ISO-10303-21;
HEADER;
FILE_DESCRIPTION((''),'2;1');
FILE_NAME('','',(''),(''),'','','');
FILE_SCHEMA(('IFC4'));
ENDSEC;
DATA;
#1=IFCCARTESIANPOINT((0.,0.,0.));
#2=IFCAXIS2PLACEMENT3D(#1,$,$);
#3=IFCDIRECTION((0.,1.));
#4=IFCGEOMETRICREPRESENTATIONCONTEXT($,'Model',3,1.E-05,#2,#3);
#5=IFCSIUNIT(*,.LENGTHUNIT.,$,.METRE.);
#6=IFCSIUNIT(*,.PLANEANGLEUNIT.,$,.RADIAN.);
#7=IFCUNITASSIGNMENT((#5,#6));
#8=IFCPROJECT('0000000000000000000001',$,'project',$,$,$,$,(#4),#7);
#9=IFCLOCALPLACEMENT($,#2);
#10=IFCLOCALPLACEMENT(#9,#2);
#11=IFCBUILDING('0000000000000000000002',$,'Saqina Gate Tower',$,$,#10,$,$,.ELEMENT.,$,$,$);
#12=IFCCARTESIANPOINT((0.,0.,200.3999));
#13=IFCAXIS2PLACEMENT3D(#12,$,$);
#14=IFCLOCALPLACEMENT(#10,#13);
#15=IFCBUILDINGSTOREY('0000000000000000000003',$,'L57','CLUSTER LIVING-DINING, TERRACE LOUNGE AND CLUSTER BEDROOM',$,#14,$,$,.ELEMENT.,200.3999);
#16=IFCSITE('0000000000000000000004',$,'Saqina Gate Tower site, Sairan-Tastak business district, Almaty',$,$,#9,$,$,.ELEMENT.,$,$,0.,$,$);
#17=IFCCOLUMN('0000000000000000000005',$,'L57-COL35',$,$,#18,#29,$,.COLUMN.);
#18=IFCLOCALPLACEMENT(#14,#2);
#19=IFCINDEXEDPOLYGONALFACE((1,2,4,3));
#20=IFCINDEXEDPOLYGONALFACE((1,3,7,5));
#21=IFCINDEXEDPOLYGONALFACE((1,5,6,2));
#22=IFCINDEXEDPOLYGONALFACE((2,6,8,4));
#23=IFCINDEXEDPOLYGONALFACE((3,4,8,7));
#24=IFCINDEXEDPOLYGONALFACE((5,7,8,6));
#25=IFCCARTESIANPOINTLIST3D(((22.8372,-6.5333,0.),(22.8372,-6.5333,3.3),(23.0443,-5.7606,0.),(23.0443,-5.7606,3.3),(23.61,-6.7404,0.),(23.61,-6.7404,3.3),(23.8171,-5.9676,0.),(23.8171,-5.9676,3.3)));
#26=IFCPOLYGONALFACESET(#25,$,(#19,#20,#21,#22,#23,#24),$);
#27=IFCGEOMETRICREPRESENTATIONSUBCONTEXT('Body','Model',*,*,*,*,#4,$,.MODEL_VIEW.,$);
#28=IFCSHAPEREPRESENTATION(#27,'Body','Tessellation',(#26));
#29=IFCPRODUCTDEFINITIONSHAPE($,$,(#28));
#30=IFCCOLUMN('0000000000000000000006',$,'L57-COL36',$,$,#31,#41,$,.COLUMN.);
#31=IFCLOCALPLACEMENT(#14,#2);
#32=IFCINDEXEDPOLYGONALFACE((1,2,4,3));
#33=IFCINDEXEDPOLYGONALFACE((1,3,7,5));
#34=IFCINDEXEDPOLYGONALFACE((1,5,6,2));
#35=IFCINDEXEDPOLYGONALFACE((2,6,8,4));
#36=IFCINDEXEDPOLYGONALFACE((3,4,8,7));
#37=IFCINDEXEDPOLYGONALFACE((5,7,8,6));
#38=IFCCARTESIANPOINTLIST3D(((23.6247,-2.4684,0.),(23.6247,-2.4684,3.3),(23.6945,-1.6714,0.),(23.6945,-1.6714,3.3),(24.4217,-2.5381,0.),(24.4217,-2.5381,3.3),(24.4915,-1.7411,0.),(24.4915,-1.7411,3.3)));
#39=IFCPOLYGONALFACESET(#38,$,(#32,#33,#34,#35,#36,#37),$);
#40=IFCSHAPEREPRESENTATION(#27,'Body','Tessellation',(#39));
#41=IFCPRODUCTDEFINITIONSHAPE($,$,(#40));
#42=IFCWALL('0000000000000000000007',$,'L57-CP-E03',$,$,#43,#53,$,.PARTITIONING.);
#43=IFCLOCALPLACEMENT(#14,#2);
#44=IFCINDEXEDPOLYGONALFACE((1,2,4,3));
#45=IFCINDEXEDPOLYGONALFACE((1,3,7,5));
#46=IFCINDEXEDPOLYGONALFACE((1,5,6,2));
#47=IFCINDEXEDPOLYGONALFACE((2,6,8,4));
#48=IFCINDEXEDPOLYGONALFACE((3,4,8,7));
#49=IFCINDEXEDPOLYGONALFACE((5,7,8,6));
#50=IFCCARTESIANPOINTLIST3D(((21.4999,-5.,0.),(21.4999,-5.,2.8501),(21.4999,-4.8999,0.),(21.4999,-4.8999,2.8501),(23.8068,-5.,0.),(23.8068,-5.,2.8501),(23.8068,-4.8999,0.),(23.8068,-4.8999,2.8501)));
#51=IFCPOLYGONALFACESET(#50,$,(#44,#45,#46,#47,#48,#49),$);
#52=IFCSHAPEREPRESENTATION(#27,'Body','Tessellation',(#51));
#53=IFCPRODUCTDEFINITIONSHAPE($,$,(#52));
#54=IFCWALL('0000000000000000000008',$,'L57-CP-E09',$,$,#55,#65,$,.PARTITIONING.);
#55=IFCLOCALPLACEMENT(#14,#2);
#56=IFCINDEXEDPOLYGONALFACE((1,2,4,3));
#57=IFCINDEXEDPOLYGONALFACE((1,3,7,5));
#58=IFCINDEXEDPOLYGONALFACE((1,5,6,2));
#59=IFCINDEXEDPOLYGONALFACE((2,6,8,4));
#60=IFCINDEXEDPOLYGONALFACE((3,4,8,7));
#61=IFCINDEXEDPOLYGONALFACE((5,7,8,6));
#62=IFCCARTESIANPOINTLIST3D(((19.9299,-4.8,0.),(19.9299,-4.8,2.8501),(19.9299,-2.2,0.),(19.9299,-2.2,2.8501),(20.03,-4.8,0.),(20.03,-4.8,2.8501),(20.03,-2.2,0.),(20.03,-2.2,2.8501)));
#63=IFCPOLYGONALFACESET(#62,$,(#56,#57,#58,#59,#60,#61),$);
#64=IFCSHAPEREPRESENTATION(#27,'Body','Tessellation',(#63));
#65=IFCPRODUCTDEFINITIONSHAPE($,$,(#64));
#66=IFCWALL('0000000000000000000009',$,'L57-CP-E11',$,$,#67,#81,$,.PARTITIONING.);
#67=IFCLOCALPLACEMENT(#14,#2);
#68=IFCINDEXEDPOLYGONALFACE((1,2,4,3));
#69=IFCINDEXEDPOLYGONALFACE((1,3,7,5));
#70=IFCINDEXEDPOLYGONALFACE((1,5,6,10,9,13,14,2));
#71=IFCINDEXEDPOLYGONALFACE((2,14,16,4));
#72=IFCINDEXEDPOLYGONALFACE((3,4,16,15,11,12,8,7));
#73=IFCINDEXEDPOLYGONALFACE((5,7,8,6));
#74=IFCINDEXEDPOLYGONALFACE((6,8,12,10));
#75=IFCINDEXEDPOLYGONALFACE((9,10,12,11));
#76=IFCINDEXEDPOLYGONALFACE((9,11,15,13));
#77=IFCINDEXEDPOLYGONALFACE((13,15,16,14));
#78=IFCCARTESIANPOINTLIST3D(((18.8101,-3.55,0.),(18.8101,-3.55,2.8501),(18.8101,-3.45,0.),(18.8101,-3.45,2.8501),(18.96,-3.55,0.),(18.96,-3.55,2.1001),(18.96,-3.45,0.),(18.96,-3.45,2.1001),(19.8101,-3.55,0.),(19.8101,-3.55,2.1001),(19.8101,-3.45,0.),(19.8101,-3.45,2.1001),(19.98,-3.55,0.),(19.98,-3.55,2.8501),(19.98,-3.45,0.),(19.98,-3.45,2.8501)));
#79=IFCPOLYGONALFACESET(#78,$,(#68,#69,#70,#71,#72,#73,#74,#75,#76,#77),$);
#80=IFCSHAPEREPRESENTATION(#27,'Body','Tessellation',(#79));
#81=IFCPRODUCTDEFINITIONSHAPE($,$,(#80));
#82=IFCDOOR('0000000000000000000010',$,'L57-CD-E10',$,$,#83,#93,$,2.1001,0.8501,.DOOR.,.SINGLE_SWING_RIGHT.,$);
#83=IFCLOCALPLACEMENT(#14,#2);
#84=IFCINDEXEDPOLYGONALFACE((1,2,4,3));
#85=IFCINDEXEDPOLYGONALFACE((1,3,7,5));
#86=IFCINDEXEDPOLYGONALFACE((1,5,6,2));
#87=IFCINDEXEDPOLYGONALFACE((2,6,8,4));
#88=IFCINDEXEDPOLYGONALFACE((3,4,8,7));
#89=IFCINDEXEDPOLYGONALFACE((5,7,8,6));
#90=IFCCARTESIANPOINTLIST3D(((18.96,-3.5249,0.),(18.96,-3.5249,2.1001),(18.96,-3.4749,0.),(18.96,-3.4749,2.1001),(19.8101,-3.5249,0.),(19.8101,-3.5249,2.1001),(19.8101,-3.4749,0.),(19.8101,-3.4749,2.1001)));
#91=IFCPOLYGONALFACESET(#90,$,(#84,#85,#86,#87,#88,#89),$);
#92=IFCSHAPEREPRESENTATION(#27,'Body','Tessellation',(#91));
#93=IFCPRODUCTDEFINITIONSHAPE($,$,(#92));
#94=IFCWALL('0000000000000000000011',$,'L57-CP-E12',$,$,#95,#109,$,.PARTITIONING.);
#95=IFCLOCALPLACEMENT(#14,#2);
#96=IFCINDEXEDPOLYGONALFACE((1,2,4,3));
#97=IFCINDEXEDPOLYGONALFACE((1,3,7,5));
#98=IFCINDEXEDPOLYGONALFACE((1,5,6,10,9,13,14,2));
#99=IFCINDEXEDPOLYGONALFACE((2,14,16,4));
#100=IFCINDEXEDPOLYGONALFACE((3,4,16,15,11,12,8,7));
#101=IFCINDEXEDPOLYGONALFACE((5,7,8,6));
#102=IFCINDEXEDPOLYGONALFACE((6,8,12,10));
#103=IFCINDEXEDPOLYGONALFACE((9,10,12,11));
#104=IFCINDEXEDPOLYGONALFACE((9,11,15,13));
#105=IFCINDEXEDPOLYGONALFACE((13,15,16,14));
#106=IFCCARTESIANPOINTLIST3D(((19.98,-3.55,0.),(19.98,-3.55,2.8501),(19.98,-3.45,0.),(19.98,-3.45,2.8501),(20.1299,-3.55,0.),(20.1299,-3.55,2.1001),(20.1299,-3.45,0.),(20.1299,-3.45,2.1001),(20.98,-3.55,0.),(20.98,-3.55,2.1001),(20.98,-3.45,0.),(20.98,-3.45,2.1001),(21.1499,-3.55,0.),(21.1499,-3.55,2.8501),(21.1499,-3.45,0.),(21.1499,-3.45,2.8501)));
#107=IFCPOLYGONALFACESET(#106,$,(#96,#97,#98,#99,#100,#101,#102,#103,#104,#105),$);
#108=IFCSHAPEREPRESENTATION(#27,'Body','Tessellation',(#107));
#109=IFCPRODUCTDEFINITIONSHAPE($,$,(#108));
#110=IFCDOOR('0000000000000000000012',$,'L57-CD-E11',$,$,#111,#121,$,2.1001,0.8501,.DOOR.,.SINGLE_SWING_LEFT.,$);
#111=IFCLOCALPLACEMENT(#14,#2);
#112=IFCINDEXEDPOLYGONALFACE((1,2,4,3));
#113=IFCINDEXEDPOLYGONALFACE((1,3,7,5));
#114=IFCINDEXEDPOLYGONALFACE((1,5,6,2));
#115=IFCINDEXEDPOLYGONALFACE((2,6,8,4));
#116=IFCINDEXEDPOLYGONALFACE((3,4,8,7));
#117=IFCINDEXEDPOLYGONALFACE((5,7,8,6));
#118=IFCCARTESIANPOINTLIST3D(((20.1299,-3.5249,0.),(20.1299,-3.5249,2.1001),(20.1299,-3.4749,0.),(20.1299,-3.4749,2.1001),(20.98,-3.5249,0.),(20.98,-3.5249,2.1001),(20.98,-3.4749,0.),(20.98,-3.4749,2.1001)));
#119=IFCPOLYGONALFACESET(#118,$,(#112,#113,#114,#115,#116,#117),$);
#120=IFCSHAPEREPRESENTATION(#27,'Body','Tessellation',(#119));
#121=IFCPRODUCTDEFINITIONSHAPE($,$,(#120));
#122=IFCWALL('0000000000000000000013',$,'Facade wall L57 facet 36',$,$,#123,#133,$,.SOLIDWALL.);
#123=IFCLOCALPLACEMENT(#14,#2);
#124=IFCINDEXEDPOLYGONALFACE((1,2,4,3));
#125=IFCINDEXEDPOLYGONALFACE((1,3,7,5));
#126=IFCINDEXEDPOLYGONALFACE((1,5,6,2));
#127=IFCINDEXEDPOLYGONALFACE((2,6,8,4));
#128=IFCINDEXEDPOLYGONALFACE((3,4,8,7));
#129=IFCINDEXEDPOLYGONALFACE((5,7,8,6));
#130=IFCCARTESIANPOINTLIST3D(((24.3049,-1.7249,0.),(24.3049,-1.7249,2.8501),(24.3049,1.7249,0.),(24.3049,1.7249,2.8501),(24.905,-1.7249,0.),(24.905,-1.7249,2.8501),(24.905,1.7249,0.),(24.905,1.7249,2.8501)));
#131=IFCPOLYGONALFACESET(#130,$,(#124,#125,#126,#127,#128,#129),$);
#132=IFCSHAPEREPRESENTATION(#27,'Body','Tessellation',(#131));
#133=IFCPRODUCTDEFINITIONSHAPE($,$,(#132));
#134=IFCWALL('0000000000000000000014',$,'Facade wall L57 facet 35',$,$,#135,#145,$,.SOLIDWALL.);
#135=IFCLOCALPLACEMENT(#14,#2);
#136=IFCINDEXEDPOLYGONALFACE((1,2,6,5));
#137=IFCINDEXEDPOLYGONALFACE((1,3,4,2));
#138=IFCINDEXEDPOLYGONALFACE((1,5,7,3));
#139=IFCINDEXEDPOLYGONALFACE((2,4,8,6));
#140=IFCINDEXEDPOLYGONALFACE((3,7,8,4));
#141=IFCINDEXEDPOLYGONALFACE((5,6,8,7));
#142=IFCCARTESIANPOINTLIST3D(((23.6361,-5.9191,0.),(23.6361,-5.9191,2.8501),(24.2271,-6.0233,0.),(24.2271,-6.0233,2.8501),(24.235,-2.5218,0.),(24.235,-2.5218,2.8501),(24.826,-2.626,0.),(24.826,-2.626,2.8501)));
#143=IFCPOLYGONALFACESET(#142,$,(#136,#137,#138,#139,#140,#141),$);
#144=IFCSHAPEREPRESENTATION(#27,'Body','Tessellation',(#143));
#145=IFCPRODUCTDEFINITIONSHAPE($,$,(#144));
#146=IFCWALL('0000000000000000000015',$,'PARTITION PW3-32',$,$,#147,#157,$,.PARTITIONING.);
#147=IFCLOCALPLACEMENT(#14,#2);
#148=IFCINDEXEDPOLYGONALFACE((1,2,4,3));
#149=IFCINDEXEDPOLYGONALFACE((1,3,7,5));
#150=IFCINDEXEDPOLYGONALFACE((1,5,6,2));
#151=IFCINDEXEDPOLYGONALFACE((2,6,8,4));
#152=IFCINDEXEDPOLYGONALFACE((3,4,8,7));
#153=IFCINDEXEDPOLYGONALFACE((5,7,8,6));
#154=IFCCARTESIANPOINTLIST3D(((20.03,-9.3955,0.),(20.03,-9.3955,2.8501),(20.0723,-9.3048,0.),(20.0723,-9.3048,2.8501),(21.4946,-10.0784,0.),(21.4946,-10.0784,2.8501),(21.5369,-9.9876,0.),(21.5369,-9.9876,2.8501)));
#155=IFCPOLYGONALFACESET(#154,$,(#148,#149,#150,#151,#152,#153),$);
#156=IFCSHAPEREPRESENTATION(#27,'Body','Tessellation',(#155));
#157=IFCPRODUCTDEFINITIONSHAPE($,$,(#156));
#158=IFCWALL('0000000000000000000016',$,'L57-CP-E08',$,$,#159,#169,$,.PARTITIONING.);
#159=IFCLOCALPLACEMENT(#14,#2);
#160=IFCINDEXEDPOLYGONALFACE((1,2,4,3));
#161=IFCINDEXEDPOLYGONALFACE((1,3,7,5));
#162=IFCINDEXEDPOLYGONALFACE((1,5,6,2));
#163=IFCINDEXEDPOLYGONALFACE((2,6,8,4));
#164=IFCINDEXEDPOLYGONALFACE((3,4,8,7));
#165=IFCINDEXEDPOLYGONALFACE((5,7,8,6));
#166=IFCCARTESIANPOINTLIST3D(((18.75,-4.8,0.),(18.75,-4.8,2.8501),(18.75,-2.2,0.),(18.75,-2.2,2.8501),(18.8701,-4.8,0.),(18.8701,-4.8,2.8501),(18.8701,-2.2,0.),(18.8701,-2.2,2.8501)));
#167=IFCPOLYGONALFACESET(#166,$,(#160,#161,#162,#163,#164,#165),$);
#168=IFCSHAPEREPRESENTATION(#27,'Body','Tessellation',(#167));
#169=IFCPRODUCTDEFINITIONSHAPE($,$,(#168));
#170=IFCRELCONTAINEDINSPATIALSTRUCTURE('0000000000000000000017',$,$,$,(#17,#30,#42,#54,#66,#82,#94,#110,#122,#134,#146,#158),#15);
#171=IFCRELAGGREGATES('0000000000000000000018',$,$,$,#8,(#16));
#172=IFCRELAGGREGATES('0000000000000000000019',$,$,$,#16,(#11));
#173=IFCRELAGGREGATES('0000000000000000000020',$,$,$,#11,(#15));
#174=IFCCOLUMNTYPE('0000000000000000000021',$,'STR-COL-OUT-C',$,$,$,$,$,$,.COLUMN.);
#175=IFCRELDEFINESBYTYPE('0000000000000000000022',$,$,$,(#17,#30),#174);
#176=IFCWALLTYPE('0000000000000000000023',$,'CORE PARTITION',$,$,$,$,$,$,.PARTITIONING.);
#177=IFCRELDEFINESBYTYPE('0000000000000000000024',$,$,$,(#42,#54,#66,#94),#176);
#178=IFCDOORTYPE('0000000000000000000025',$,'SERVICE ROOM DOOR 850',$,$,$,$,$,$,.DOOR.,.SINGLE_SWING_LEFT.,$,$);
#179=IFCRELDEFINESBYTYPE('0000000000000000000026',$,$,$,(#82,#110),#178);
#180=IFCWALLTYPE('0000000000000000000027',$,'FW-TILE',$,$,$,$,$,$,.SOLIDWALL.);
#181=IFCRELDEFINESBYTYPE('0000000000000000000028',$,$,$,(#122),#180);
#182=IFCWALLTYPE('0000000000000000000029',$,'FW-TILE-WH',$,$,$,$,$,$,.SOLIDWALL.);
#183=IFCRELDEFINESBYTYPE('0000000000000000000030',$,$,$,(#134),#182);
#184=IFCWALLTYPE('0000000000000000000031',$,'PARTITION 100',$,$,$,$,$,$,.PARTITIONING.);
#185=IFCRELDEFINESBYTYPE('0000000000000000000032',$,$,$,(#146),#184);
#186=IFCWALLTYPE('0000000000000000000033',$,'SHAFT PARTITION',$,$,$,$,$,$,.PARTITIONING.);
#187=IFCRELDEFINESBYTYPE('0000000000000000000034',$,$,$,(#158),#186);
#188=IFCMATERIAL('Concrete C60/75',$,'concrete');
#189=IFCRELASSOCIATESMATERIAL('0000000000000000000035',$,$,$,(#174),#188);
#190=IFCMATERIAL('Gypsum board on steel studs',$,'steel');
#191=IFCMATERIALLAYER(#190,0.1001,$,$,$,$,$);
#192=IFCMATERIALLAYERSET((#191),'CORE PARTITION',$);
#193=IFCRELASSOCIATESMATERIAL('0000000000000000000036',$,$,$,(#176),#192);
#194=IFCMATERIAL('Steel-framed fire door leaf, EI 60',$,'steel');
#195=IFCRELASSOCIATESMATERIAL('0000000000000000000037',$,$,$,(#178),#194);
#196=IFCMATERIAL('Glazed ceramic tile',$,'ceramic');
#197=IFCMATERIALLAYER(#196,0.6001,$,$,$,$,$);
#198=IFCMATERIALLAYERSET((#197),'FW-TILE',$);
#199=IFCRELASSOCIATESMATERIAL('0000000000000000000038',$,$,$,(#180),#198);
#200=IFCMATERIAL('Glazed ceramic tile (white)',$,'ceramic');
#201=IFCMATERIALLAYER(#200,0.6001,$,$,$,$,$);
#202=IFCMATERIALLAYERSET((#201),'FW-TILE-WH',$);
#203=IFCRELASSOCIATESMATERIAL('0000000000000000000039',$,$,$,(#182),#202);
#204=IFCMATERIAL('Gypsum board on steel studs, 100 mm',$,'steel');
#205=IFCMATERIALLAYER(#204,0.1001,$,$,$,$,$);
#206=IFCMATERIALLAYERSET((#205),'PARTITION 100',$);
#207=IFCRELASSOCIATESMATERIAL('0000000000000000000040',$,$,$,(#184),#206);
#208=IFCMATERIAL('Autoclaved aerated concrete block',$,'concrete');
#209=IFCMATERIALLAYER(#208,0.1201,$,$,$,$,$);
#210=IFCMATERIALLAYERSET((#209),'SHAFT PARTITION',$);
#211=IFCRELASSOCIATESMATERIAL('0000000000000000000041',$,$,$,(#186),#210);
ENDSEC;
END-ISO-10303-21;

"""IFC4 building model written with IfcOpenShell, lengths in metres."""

from ifc_helpers import new_model, si_unit, direction, frame, frame_2d, origin, origin_2d, place, context, subcontext, project, spatial, rectangle, extrude, material, layer, layer_set, material_profile, profile_set, type_object, element, fill, save


model = new_model("IFC4")

# Units and contexts
model_context = context("Model", 3, precision=1e-05, world=origin(), true_north=direction((0.0, 1.0)))
body_context = subcontext(model_context, "Body", "Model", "MODEL_VIEW")
ifc_project = project(units=[si_unit("LENGTHUNIT", "METRE"), si_unit("PLANEANGLEUNIT", "RADIAN")], contexts=[model_context])

# Site, building, storey
site_placement = place(None, origin())
site = spatial("IfcSite", under=ifc_project, at=site_placement, Name="Saqina Gate Tower site, Sairan-Tastak business district, Almaty", CompositionType="ELEMENT", RefElevation=0.0)
building_placement = place(site_placement, origin())
building = spatial("IfcBuilding", under=site, at=building_placement, Name="Saqina Gate Tower", CompositionType="ELEMENT")
storey_placement = place(building_placement, frame((0.0, 0.0, 200.3999)))
storey = spatial("IfcBuildingStorey", under=building, at=storey_placement, Name="L57", Description="CLUSTER LIVING-DINING, TERRACE LOUNGE AND CLUSTER BEDROOM", CompositionType="ELEMENT", Elevation=200.3999)

# Columns
ifc_material_1 = material(Name="Concrete C60/75", Category="concrete")
ifc_material_profile = material_profile(ifc_material_1, rectangle(XDim=0.8, YDim=0.8, at=origin_2d()), Name="RC 800x800")
ifc_profile_set = profile_set([ifc_material_profile], Name="Concrete C60/75")
column_type = type_object("IfcColumnType", Name="STR-COL-OUT-C", PredefinedType="COLUMN", material=ifc_profile_set)
for number, where, z_axis, x_axis, name in (
    (1, (23.3271, -6.2505, 0.0), (0.0, 0.0, 1.0), (0.965926, -0.258819, 0.0), "L57-COL35"),
    (2, (24.0581, -2.1047, 0.0), (0.0, 0.0, 1.0), (0.996195, -0.087156, 0.0), "L57-COL36"),
):
    element("IfcColumn", number, at=place(storey_placement, frame(where, z_axis=z_axis, x_axis=x_axis)), inside=storey, type_object=column_type, Name=name, PredefinedType="COLUMN", context=body_context, shape_type="SweptSolid", body=[
        extrude(rectangle(XDim=0.8, YDim=0.8, at=origin_2d()), origin(), (0.0, 0.0, 1.0), 3.3),
    ])

# Walls
ifc_material_2 = material(Name="Gypsum board on steel studs", Category="steel")
ifc_layer_1 = layer(ifc_material_2, 0.1001)
ifc_layer_set_1 = layer_set([ifc_layer_1], Name="CORE PARTITION")
wall_type_1 = type_object("IfcWallType", Name="CORE PARTITION", PredefinedType="PARTITIONING", material=ifc_layer_set_1)
wall_1_placement = place(storey_placement, frame((21.5, -4.95, 0.0), z_axis=(0.0, 0.0, 1.0), x_axis=(1.0, 0.0, 0.0)))
element("IfcWall", 3, at=wall_1_placement, inside=storey, type_object=wall_type_1, Name="L57-CP-E03", PredefinedType="PARTITIONING", context=body_context, shape_type="SweptSolid", body=[
    extrude(rectangle(XDim=2.3069, YDim=0.1001, at=frame_2d((1.1533, 0.0))), origin(), (0.0, 0.0, 1.0), 2.8501),
])
wall_2_placement = place(storey_placement, frame((19.98, -4.8, 0.0), z_axis=(0.0, 0.0, 1.0), x_axis=(0.0, 1.0, 0.0)))
element("IfcWall", 4, at=wall_2_placement, inside=storey, type_object=wall_type_1, Name="L57-CP-E09", PredefinedType="PARTITIONING", context=body_context, shape_type="SweptSolid", body=[
    extrude(rectangle(XDim=2.6001, YDim=0.1001, at=frame_2d((1.3, 0.0))), origin(), (0.0, 0.0, 1.0), 2.8501),
])

# Walls, openings, doors
wall_3_placement = place(storey_placement, frame((18.8101, -3.5, 0.0), z_axis=(0.0, 0.0, 1.0), x_axis=(1.0, 0.0, 0.0)))
wall_3 = element("IfcWall", 5, at=wall_3_placement, inside=storey, type_object=wall_type_1, Name="L57-CP-E11", PredefinedType="PARTITIONING", context=body_context, shape_type="SweptSolid", body=[
    extrude(rectangle(XDim=1.1699, YDim=0.1001, at=frame_2d((0.585, 0.0))), origin(), (0.0, 0.0, 1.0), 2.8501),
])
opening_1_placement = place(wall_3_placement, frame((0.1499, 0.0, 0.0)))
opening_1 = element("IfcOpeningElement", 6, at=opening_1_placement, cuts=wall_3, PredefinedType="OPENING", context=body_context, shape_type="SweptSolid", body=[
    extrude(rectangle(XDim=0.8501, YDim=2.1001, at=frame_2d((0.425, 1.05))), frame((0.0, 0.062, 0.0), z_axis=(0.0, -1.0, 0.0), x_axis=(1.0, 0.0, 0.0)), (0.0, 0.0, 1.0), 0.124),
])
ifc_material_3 = material(Name="Steel-framed fire door leaf, EI 60", Category="steel")
door_type_1 = type_object("IfcDoorType", Name="SERVICE ROOM DOOR 850", OperationType="SINGLE_SWING_LEFT", PredefinedType="DOOR", material=ifc_material_3)
door_1_placement = place(opening_1_placement, frame((0.8501, 0.0, 0.0), z_axis=(0.0, 0.0, 1.0), x_axis=(-1.0, 0.0, 0.0)))
door_1 = element("IfcDoor", 7, at=door_1_placement, inside=storey, type_object=door_type_1, Name="L57-CD-E10", OperationType="SINGLE_SWING_RIGHT", OverallHeight=2.1001, OverallWidth=0.8501, PredefinedType="DOOR", context=body_context, shape_type="SweptSolid", body=[
    extrude(rectangle(XDim=0.8501, YDim=2.1001, at=frame_2d((0.425, 1.05))), frame((0.0, 0.0249, 0.0), z_axis=(0.0, -1.0, 0.0), x_axis=(1.0, 0.0, 0.0)), (0.0, 0.0, 1.0), 0.05),
])
fill(opening_1, door_1)
wall_4_placement = place(storey_placement, frame((19.98, -3.5, 0.0), z_axis=(0.0, 0.0, 1.0), x_axis=(1.0, 0.0, 0.0)))
wall_4 = element("IfcWall", 8, at=wall_4_placement, inside=storey, type_object=wall_type_1, Name="L57-CP-E12", PredefinedType="PARTITIONING", context=body_context, shape_type="SweptSolid", body=[
    extrude(rectangle(XDim=1.1699, YDim=0.1001, at=frame_2d((0.585, 0.0))), origin(), (0.0, 0.0, 1.0), 2.8501),
])
opening_2_placement = place(wall_4_placement, frame((0.1499, 0.0, 0.0)))
opening_2 = element("IfcOpeningElement", 9, at=opening_2_placement, cuts=wall_4, PredefinedType="OPENING", context=body_context, shape_type="SweptSolid", body=[
    extrude(rectangle(XDim=0.8501, YDim=2.1001, at=frame_2d((0.425, 1.05))), frame((0.0, 0.062, 0.0), z_axis=(0.0, -1.0, 0.0), x_axis=(1.0, 0.0, 0.0)), (0.0, 0.0, 1.0), 0.124),
])
door_2_placement = place(opening_2_placement, frame((0.8501, 0.0, 0.0), z_axis=(0.0, 0.0, 1.0), x_axis=(-1.0, 0.0, 0.0)))
door_2 = element("IfcDoor", 10, at=door_2_placement, inside=storey, type_object=door_type_1, Name="L57-CD-E11", OperationType="SINGLE_SWING_LEFT", OverallHeight=2.1001, OverallWidth=0.8501, PredefinedType="DOOR", context=body_context, shape_type="SweptSolid", body=[
    extrude(rectangle(XDim=0.8501, YDim=2.1001, at=frame_2d((0.425, 1.05))), frame((0.0, 0.0249, 0.0), z_axis=(0.0, -1.0, 0.0), x_axis=(1.0, 0.0, 0.0)), (0.0, 0.0, 1.0), 0.05),
])
fill(opening_2, door_2)

# Walls
ifc_material_4 = material(Name="Glazed ceramic tile", Category="ceramic")
ifc_layer_2 = layer(ifc_material_4, 0.6001)
ifc_layer_set_2 = layer_set([ifc_layer_2], Name="FW-TILE")
wall_type_2 = type_object("IfcWallType", Name="FW-TILE", PredefinedType="SOLIDWALL", material=ifc_layer_set_2)
wall_5_placement = place(storey_placement, frame((24.605, -1.7249, 0.0), z_axis=(0.0, 0.0, 1.0), x_axis=(0.0, 1.0, 0.0)))
element("IfcWall", 11, at=wall_5_placement, inside=storey, type_object=wall_type_2, Name="Facade wall L57 facet 36", PredefinedType="SOLIDWALL", context=body_context, shape_type="SweptSolid", body=[
    extrude(rectangle(XDim=3.4497, YDim=0.6001, at=frame_2d((1.7249, 0.0))), origin(), (0.0, 0.0, 1.0), 2.8501),
])
ifc_material_5 = material(Name="Glazed ceramic tile (white)", Category="ceramic")
ifc_layer_3 = layer(ifc_material_5, 0.6001)
ifc_layer_set_3 = layer_set([ifc_layer_3], Name="FW-TILE-WH")
wall_type_3 = type_object("IfcWallType", Name="FW-TILE-WH", PredefinedType="SOLIDWALL", material=ifc_layer_set_3)
wall_6_placement = place(storey_placement, frame((23.9316, -5.9712, 0.0), z_axis=(0.0, 0.0, 1.0), x_axis=(0.173608, 0.984815, 0.0)))
element("IfcWall", 12, at=wall_6_placement, inside=storey, type_object=wall_type_3, Name="Facade wall L57 facet 35", PredefinedType="SOLIDWALL", context=body_context, shape_type="SweptSolid", body=[
    extrude(rectangle(XDim=3.4497, YDim=0.6001, at=frame_2d((1.7249, 0.0))), origin(), (0.0, 0.0, 1.0), 2.8501),
])
ifc_material_6 = material(Name="Gypsum board on steel studs, 100 mm", Category="steel")
ifc_layer_4 = layer(ifc_material_6, 0.1001)
ifc_layer_set_4 = layer_set([ifc_layer_4], Name="PARTITION 100")
wall_type_4 = type_object("IfcWallType", Name="PARTITION 100", PredefinedType="PARTITIONING", material=ifc_layer_set_4)
wall_7_placement = place(storey_placement, frame((20.051, -9.3501, 0.0), z_axis=(0.0, 0.0, 1.0), x_axis=(0.90633, -0.422571, 0.0)))
element("IfcWall", 13, at=wall_7_placement, inside=storey, type_object=wall_type_4, Name="PARTITION PW3-32", PredefinedType="PARTITIONING", context=body_context, shape_type="SweptSolid", body=[
    extrude(rectangle(XDim=1.616, YDim=0.1001, at=frame_2d((0.8081, 0.0))), origin(), (0.0, 0.0, 1.0), 2.8501),
])
ifc_material_7 = material(Name="Autoclaved aerated concrete block", Category="concrete")
ifc_layer_5 = layer(ifc_material_7, 0.1201)
ifc_layer_set_5 = layer_set([ifc_layer_5], Name="SHAFT PARTITION")
wall_type_5 = type_object("IfcWallType", Name="SHAFT PARTITION", PredefinedType="PARTITIONING", material=ifc_layer_set_5)
wall_8_placement = place(storey_placement, frame((18.8101, -4.8, 0.0), z_axis=(0.0, 0.0, 1.0), x_axis=(0.0, 1.0, 0.0)))
element("IfcWall", 14, at=wall_8_placement, inside=storey, type_object=wall_type_5, Name="L57-CP-E08", PredefinedType="PARTITIONING", context=body_context, shape_type="SweptSolid", body=[
    extrude(rectangle(XDim=2.6001, YDim=0.1201, at=frame_2d((1.3, 0.0))), origin(), (0.0, 0.0, 1.0), 2.8501),
])

save(model, "model.ifc")
